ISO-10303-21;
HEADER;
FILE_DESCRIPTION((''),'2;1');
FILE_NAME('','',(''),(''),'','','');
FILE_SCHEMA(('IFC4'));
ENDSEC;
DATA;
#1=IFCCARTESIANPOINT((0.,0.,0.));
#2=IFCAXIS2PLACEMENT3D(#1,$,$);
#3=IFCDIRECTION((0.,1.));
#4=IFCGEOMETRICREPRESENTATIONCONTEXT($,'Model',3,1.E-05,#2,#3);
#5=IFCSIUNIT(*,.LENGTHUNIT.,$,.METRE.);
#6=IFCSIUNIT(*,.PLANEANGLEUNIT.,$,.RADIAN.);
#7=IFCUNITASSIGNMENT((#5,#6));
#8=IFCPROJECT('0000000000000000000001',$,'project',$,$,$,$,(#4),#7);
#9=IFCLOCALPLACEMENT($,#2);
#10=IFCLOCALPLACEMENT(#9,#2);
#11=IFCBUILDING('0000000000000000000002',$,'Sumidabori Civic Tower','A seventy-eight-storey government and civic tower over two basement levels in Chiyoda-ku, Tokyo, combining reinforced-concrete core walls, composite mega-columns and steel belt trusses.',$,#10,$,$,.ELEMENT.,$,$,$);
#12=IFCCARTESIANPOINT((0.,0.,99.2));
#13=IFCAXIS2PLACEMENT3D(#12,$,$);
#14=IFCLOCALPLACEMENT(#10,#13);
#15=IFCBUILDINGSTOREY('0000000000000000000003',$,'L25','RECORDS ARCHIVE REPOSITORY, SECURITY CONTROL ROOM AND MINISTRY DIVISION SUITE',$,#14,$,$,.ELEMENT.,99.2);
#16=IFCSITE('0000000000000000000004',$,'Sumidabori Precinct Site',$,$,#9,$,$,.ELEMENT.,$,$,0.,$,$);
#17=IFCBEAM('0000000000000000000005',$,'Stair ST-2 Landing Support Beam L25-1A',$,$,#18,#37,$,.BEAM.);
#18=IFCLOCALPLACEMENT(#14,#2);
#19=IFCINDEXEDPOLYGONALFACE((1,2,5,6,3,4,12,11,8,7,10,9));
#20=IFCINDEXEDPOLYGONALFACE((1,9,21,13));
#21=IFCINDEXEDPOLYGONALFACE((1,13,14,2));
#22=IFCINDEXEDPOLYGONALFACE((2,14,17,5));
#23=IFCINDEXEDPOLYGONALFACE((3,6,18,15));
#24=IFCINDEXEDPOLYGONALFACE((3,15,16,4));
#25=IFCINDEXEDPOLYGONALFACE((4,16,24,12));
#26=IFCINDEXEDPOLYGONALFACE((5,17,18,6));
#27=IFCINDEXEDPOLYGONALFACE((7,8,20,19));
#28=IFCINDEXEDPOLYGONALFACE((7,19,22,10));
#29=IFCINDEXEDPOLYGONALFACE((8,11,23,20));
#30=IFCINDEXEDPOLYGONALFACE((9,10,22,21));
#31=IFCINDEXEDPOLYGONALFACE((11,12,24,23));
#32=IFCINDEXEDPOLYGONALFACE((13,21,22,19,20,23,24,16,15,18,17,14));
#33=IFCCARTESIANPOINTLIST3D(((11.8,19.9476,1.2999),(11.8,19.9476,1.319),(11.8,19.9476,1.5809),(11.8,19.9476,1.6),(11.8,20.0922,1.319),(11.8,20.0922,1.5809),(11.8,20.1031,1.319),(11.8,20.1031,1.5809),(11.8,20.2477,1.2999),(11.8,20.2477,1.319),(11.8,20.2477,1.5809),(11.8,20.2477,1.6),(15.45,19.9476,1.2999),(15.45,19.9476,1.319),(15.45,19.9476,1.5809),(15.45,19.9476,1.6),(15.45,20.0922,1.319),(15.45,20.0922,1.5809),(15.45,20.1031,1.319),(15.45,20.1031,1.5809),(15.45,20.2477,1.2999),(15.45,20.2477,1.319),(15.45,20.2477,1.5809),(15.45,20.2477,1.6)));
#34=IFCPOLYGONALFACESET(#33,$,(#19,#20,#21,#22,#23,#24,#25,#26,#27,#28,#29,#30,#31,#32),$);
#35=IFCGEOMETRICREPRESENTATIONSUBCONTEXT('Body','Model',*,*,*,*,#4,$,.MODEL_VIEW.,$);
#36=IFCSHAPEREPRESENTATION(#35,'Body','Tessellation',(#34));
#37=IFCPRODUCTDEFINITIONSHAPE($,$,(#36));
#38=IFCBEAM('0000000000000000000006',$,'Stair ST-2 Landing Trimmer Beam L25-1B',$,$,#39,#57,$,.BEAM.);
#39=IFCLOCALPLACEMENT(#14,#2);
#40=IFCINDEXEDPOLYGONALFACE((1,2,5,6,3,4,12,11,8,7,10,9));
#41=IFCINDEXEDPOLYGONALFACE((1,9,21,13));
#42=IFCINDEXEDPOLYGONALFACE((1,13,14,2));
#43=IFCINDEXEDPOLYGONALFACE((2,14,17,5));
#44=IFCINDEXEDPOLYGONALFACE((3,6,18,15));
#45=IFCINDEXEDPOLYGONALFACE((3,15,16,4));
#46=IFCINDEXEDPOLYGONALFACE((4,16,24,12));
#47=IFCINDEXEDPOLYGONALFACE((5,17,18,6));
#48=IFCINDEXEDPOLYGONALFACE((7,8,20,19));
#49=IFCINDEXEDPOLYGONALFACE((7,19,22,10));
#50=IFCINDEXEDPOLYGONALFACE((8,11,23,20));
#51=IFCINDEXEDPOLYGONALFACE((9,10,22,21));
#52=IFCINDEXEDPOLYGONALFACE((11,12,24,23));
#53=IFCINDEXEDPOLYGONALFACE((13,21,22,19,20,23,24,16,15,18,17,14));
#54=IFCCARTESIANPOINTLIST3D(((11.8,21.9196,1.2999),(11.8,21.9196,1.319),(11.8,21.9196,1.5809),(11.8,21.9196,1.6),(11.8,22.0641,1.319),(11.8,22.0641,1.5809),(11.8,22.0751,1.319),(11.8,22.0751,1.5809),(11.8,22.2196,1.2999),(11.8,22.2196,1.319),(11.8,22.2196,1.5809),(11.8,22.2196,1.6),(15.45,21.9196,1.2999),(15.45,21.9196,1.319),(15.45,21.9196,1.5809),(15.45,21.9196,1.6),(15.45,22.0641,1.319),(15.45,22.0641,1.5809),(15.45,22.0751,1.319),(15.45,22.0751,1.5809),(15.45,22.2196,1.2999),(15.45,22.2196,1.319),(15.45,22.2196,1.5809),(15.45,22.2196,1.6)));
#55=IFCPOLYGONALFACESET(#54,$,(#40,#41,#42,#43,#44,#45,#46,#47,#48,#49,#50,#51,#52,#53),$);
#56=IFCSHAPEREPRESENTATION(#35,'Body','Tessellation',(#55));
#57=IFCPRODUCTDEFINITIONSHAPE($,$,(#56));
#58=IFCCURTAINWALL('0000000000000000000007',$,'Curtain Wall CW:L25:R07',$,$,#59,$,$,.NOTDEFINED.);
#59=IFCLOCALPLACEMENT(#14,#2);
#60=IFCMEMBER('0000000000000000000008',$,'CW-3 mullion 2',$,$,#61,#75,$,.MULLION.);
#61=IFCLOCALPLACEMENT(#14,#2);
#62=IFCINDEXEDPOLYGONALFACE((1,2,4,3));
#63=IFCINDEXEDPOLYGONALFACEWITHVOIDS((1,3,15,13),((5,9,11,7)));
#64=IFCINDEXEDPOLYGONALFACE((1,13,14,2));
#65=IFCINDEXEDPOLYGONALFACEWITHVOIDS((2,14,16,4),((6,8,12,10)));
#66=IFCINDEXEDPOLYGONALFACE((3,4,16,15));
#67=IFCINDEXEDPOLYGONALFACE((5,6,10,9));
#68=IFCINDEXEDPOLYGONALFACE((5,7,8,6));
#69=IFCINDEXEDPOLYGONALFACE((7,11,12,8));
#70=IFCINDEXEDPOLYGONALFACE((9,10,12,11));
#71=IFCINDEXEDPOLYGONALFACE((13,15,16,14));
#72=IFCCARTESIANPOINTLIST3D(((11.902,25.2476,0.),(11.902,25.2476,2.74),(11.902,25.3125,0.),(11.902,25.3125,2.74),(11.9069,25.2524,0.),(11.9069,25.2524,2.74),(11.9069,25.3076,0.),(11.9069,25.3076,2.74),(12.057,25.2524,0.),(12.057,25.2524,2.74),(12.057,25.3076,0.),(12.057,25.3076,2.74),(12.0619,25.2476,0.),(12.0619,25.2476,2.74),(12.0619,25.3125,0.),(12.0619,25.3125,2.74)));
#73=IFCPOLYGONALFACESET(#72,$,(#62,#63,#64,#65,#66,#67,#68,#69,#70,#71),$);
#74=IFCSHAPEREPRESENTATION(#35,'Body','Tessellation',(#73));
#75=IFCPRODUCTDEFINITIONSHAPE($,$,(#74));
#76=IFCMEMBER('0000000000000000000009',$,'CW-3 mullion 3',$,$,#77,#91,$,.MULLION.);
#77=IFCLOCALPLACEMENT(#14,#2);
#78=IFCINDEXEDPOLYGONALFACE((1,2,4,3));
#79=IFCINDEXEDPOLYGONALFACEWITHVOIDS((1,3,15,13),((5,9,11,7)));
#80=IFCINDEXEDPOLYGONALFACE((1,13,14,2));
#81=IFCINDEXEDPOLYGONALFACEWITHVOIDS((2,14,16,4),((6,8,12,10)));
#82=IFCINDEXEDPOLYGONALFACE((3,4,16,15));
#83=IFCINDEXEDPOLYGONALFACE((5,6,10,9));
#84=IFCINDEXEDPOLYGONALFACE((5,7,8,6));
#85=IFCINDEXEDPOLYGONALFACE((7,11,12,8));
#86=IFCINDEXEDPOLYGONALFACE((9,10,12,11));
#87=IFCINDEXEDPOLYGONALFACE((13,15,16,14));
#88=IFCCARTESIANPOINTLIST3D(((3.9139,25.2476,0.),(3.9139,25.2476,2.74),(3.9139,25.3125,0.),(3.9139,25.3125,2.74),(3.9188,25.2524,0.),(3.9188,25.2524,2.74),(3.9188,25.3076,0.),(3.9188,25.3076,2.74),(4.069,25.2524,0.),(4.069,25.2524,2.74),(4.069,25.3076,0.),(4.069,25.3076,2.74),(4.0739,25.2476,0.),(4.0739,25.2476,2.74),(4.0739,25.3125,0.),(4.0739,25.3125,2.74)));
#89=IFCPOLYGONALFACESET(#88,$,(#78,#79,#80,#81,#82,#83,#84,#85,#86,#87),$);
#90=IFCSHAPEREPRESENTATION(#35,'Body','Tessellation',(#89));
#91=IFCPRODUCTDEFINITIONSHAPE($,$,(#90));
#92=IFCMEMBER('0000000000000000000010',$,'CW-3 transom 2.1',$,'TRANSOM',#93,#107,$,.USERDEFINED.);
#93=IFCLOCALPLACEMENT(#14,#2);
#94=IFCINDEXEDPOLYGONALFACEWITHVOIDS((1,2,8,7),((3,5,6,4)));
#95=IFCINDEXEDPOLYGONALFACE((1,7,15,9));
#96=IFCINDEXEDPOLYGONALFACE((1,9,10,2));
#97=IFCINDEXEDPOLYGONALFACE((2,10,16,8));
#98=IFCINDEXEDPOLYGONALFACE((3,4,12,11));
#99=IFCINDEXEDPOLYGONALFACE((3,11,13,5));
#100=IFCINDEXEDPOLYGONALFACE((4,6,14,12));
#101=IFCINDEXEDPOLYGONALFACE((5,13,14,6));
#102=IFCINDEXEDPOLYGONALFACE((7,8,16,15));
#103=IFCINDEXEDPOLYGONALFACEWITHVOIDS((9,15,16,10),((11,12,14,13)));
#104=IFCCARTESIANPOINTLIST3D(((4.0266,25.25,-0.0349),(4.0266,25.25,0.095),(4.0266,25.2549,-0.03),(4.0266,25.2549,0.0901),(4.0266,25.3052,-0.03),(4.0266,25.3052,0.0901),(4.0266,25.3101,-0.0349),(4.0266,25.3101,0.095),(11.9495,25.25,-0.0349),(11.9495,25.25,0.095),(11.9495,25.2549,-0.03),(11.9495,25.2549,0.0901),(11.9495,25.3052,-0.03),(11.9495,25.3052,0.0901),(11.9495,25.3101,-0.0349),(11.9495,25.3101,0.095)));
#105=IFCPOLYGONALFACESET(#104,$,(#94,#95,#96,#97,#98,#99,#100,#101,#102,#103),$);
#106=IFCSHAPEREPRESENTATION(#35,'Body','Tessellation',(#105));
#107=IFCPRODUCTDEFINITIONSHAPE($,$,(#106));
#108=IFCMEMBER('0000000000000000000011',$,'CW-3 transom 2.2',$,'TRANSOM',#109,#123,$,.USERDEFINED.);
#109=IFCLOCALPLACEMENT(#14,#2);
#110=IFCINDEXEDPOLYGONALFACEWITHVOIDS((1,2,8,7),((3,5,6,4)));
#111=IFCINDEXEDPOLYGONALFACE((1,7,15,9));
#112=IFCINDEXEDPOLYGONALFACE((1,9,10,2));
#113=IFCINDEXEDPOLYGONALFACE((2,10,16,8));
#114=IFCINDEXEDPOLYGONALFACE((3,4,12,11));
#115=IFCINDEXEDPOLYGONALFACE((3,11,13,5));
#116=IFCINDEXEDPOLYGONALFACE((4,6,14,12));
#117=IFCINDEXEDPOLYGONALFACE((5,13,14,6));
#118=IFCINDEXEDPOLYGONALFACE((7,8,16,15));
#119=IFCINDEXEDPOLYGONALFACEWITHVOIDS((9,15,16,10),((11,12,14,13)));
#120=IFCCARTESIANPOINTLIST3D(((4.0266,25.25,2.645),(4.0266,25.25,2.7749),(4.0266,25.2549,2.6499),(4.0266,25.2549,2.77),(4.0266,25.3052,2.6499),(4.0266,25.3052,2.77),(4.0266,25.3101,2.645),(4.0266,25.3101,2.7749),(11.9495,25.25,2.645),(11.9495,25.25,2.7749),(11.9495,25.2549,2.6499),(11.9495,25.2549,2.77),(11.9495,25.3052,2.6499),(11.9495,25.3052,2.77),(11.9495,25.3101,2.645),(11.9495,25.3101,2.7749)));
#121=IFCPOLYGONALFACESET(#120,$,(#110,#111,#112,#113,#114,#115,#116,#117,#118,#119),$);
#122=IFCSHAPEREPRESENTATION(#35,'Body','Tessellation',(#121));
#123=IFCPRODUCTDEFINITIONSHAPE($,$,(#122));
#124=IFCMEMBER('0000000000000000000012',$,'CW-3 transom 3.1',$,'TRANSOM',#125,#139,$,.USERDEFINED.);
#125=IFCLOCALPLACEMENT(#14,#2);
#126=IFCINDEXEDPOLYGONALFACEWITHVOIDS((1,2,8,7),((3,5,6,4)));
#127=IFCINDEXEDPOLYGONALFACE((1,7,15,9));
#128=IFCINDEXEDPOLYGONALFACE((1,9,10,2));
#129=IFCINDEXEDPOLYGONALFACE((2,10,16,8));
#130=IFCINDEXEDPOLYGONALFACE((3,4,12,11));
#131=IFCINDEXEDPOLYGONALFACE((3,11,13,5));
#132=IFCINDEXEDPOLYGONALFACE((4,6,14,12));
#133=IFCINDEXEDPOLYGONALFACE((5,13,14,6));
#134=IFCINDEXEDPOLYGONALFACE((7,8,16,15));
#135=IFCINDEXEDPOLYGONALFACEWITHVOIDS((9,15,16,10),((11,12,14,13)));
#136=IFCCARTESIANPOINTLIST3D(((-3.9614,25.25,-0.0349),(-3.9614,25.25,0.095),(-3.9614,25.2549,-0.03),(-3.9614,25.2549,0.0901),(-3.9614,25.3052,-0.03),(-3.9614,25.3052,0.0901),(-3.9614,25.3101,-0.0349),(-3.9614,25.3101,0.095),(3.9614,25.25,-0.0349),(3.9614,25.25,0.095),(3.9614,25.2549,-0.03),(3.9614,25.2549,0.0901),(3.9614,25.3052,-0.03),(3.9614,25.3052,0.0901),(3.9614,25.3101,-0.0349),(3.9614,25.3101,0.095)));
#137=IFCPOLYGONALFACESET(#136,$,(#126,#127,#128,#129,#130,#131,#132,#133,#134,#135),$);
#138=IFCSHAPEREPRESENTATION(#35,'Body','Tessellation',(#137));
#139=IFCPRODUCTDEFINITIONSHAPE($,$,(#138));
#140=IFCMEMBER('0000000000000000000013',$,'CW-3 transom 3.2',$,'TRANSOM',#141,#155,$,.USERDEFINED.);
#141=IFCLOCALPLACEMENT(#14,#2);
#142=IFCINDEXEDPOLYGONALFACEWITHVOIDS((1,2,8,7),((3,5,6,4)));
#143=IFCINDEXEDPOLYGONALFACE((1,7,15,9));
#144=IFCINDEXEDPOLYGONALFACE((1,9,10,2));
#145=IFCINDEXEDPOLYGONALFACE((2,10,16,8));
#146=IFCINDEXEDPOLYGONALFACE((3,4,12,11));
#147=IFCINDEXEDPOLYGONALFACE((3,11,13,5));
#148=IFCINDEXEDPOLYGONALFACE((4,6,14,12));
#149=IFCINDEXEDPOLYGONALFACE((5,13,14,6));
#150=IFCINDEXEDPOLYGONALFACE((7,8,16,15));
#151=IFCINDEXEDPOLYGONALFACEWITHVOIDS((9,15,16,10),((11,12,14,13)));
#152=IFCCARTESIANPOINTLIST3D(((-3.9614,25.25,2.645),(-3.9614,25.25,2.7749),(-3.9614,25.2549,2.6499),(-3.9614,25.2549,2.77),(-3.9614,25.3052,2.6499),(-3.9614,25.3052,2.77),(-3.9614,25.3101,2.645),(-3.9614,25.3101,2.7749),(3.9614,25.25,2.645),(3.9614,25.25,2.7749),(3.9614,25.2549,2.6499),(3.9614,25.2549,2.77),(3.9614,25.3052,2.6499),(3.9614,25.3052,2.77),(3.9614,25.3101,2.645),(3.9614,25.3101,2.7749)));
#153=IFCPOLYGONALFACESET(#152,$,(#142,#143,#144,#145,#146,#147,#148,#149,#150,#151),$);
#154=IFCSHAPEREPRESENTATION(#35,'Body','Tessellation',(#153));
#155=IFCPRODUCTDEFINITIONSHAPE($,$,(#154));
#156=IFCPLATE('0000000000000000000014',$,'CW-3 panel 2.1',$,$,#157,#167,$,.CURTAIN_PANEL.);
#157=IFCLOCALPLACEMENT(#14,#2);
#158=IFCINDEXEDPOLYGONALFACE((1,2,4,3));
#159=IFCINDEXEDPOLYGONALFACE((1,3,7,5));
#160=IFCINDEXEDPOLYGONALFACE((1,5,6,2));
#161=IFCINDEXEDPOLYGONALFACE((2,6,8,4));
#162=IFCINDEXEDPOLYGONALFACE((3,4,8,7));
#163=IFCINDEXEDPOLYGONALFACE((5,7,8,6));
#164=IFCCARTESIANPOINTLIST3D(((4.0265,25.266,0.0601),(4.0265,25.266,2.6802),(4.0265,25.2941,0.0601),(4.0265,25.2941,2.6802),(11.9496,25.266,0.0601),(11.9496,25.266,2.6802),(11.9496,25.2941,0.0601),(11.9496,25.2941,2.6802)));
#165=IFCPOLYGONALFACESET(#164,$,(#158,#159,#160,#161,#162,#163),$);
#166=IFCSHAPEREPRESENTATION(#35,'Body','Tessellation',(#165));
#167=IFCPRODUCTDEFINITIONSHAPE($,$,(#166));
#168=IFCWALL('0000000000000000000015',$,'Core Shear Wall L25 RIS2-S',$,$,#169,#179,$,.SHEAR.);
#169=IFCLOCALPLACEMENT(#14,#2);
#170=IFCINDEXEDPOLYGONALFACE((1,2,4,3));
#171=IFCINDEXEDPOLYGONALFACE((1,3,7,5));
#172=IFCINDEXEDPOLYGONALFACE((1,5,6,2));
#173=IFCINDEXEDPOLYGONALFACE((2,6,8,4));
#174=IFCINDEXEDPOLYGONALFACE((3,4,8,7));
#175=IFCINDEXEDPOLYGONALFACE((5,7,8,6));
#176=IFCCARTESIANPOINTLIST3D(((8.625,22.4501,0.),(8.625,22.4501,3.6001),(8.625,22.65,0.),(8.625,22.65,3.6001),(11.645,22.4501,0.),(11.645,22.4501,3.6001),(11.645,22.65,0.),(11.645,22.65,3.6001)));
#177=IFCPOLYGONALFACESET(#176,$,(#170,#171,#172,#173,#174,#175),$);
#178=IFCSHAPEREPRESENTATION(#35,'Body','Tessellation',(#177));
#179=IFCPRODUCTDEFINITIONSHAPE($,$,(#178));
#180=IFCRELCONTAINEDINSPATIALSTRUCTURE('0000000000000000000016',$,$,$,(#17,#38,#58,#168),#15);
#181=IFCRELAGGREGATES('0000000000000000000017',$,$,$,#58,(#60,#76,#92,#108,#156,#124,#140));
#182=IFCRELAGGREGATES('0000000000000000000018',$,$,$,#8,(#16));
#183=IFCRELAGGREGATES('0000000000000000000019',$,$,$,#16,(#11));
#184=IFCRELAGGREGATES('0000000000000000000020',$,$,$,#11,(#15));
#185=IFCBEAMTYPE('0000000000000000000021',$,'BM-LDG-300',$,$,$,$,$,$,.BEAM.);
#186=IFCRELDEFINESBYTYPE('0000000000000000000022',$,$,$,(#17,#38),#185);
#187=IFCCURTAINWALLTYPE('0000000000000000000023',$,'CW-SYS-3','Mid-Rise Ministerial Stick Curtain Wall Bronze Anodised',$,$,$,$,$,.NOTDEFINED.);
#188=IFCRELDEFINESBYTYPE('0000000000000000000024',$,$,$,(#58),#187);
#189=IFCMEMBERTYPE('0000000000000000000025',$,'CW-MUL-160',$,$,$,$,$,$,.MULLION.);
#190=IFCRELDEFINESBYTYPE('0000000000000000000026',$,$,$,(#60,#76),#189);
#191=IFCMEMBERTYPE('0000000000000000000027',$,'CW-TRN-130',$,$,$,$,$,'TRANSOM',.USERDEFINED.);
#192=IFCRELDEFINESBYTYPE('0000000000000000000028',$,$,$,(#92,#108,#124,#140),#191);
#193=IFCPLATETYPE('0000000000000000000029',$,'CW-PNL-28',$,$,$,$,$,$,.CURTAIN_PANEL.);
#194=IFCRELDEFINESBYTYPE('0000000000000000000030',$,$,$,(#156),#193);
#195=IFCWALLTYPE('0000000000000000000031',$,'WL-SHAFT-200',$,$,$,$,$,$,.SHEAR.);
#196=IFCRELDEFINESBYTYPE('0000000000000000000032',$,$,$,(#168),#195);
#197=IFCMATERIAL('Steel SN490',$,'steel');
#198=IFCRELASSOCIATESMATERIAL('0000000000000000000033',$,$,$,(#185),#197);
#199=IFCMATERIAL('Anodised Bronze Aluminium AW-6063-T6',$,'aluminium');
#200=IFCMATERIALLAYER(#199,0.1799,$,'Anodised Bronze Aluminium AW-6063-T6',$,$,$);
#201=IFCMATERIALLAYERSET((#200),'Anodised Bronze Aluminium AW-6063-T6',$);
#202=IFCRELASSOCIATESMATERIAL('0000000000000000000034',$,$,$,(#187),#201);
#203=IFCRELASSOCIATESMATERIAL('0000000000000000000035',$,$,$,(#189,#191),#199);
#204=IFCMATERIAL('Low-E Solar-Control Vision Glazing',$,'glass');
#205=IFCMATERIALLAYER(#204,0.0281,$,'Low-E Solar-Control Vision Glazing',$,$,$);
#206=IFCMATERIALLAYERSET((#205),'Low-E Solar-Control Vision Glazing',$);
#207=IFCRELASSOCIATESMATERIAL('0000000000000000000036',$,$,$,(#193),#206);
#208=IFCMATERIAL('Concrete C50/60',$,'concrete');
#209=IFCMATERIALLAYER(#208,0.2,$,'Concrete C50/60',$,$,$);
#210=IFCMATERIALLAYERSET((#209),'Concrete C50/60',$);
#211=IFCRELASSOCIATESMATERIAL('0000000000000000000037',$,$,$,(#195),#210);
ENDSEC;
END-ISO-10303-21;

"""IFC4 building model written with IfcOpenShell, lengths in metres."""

from ifc_helpers import new_model, si_unit, direction, frame, frame_2d, origin, origin_2d, place, context, subcontext, project, spatial, rectangle, hollow_rectangle, i_section, extrude, source, transform, mapped, material, layer, layer_set, material_profile, profile_set, type_object, element, aggregate, save


model = new_model("IFC4")

# Units and contexts
model_context = context("Model", 3, precision=1e-05, world=origin(), true_north=direction((0.0, 1.0)))
body_context = subcontext(model_context, "Body", "Model", "MODEL_VIEW")
ifc_project = project(units=[si_unit("LENGTHUNIT", "METRE"), si_unit("PLANEANGLEUNIT", "RADIAN")], contexts=[model_context])

# Site, building, storey
site_placement = place(None, origin())
site = spatial("IfcSite", under=ifc_project, at=site_placement, Name="Sumidabori Precinct Site", CompositionType="ELEMENT", RefElevation=0.0)
building_placement = place(site_placement, origin())
building = spatial("IfcBuilding", under=site, at=building_placement, Name="Sumidabori Civic Tower", Description="A seventy-eight-storey government and civic tower over two basement levels in Chiyoda-ku, Tokyo, combining reinforced-concrete core walls, composite mega-columns and steel belt trusses.", CompositionType="ELEMENT")
storey_placement = place(building_placement, frame((0.0, 0.0, 99.2)))
storey = spatial("IfcBuildingStorey", under=building, at=storey_placement, Name="L25", Description="RECORDS ARCHIVE REPOSITORY, SECURITY CONTROL ROOM AND MINISTRY DIVISION SUITE", CompositionType="ELEMENT", Elevation=99.2)

# Beams
ifc_material_1 = material(Name="Steel SN490", Category="steel")
ifc_material_profile_1 = material_profile(ifc_material_1, i_section(OverallWidth=0.3, OverallDepth=0.3, WebThickness=0.011, FlangeThickness=0.019, at=origin_2d()), Name="HE 300 B")
ifc_profile_set_1 = profile_set([ifc_material_profile_1], Name="Steel SN490")
beam_type = type_object("IfcBeamType", Name="BM-LDG-300", PredefinedType="BEAM", material=ifc_profile_set_1)
shared_shape_1 = source(origin(), body_context, "Body", "SweptSolid", [
    extrude(i_section(OverallWidth=0.3, OverallDepth=0.3, WebThickness=0.011, FlangeThickness=0.019, at=origin_2d()), origin(), (0.0, 0.0, 1.0), 3.6499),
])
for number, where, z_axis, x_axis, name in (
    (1, (11.8, 20.0977, 1.45), (1.0, 0.0, 0.0), (0.0, 1.0, 0.0), "Stair ST-2 Landing Support Beam L25-1A"),
    (2, (11.8, 22.0696, 1.45), (1.0, 0.0, 0.0), (0.0, 1.0, 0.0), "Stair ST-2 Landing Trimmer Beam L25-1B"),
):
    element("IfcBeam", number, at=place(storey_placement, frame(where, z_axis=z_axis, x_axis=x_axis)), inside=storey, type_object=beam_type, Name=name, PredefinedType="BEAM", context=body_context, shape_type="MappedRepresentation", body=[
        mapped(shared_shape_1, transform((0.0, 0.0, 0.0), x_axis=(1.0, 0.0, 0.0), y_axis=(0.0, 1.0, 0.0), z_axis=(0.0, 0.0, 1.0), scale=1.0)),
    ])

# Curtain wall, members, plate
ifc_material_2 = material(Name="Anodised Bronze Aluminium AW-6063-T6", Category="aluminium")
ifc_layer_1 = layer(ifc_material_2, 0.1799, Name="Anodised Bronze Aluminium AW-6063-T6")
ifc_layer_set_1 = layer_set([ifc_layer_1], Name="Anodised Bronze Aluminium AW-6063-T6")
curtain_wall_type = type_object("IfcCurtainWallType", Name="CW-SYS-3", Description="Mid-Rise Ministerial Stick Curtain Wall Bronze Anodised", PredefinedType="NOTDEFINED", material=ifc_layer_set_1)
curtain_wall_placement = place(storey_placement, origin())
curtain_wall = element("IfcCurtainWall", 3, at=curtain_wall_placement, inside=storey, type_object=curtain_wall_type, Name="Curtain Wall CW:L25:R07", PredefinedType="NOTDEFINED")
ifc_material_profile_2 = material_profile(ifc_material_2, hollow_rectangle(XDim=0.0649, YDim=0.1599, WallThickness=0.0049, at=origin_2d()), Name="ALU MULLION 160x65")
ifc_profile_set_2 = profile_set([ifc_material_profile_2], Name="Anodised Bronze Aluminium AW-6063-T6")
member_type_1 = type_object("IfcMemberType", Name="CW-MUL-160", PredefinedType="MULLION", material=ifc_profile_set_2)
shared_shape_2 = source(origin(), body_context, "Body", "SweptSolid", [
    extrude(hollow_rectangle(XDim=0.0649, YDim=0.1599, WallThickness=0.0049, at=origin_2d()), origin(), (0.0, 0.0, 1.0), 2.74),
])
member_1_placement = place(storey_placement, frame((11.9819, 25.28, 0.0), z_axis=(0.0, 0.0, 1.0), x_axis=(0.0, -1.0, 0.0)))
member_1 = element("IfcMember", 4, at=member_1_placement, type_object=member_type_1, Name="CW-3 mullion 2", PredefinedType="MULLION", context=body_context, shape_type="MappedRepresentation", body=[
    mapped(shared_shape_2, transform((0.0, 0.0, 0.0), x_axis=(1.0, 0.0, 0.0), y_axis=(0.0, 1.0, 0.0), z_axis=(0.0, 0.0, 1.0), scale=1.0)),
])
member_2_placement = place(storey_placement, frame((3.9939, 25.28, 0.0), z_axis=(0.0, 0.0, 1.0), x_axis=(0.0, -1.0, 0.0)))
member_2 = element("IfcMember", 5, at=member_2_placement, type_object=member_type_1, Name="CW-3 mullion 3", PredefinedType="MULLION", context=body_context, shape_type="MappedRepresentation", body=[
    mapped(shared_shape_2, transform((0.0, 0.0, 0.0), x_axis=(1.0, 0.0, 0.0), y_axis=(0.0, 1.0, 0.0), z_axis=(0.0, 0.0, 1.0), scale=1.0)),
])
ifc_material_profile_3 = material_profile(ifc_material_2, hollow_rectangle(XDim=0.0601, YDim=0.1299, WallThickness=0.0049, at=origin_2d()), Name="ALU TRANSOM 130x60")
ifc_profile_set_3 = profile_set([ifc_material_profile_3], Name="Anodised Bronze Aluminium AW-6063-T6")
member_type_2 = type_object("IfcMemberType", Name="CW-TRN-130", ElementType="TRANSOM", PredefinedType="USERDEFINED", material=ifc_profile_set_3)
shared_shape_3 = source(origin(), body_context, "Body", "SweptSolid", [
    extrude(hollow_rectangle(XDim=0.0601, YDim=0.1299, WallThickness=0.0049, at=origin_2d()), origin(), (0.0, 0.0, 1.0), 7.9229),
])
member_3_placement = place(storey_placement, frame((11.9495, 25.28, 0.03), z_axis=(-1.0, 0.0, 0.0), x_axis=(0.0, -1.0, 0.0)))
member_3 = element("IfcMember", 6, at=member_3_placement, type_object=member_type_2, Name="CW-3 transom 2.1", ObjectType="TRANSOM", PredefinedType="USERDEFINED", context=body_context, shape_type="MappedRepresentation", body=[
    mapped(shared_shape_3, transform((0.0, 0.0, 0.0), x_axis=(1.0, 0.0, 0.0), y_axis=(0.0, 1.0, 0.0), z_axis=(0.0, 0.0, 1.0), scale=1.0)),
])
member_4_placement = place(storey_placement, frame((11.9495, 25.28, 2.71), z_axis=(-1.0, 0.0, 0.0), x_axis=(0.0, -1.0, 0.0)))
member_4 = element("IfcMember", 7, at=member_4_placement, type_object=member_type_2, Name="CW-3 transom 2.2", ObjectType="TRANSOM", PredefinedType="USERDEFINED", context=body_context, shape_type="MappedRepresentation", body=[
    mapped(shared_shape_3, transform((0.0, 0.0, 0.0), x_axis=(1.0, 0.0, 0.0), y_axis=(0.0, 1.0, 0.0), z_axis=(0.0, 0.0, 1.0), scale=1.0)),
])
member_5_placement = place(storey_placement, frame((3.9614, 25.28, 0.03), z_axis=(-1.0, 0.0, 0.0), x_axis=(0.0, -1.0, 0.0)))
member_5 = element("IfcMember", 8, at=member_5_placement, type_object=member_type_2, Name="CW-3 transom 3.1", ObjectType="TRANSOM", PredefinedType="USERDEFINED", context=body_context, shape_type="MappedRepresentation", body=[
    mapped(shared_shape_3, transform((0.0, 0.0, 0.0), x_axis=(1.0, 0.0, 0.0), y_axis=(0.0, 1.0, 0.0), z_axis=(0.0, 0.0, 1.0), scale=1.0)),
])
member_6_placement = place(storey_placement, frame((3.9614, 25.28, 2.71), z_axis=(-1.0, 0.0, 0.0), x_axis=(0.0, -1.0, 0.0)))
member_6 = element("IfcMember", 9, at=member_6_placement, type_object=member_type_2, Name="CW-3 transom 3.2", ObjectType="TRANSOM", PredefinedType="USERDEFINED", context=body_context, shape_type="MappedRepresentation", body=[
    mapped(shared_shape_3, transform((0.0, 0.0, 0.0), x_axis=(1.0, 0.0, 0.0), y_axis=(0.0, 1.0, 0.0), z_axis=(0.0, 0.0, 1.0), scale=1.0)),
])
ifc_material_3 = material(Name="Low-E Solar-Control Vision Glazing", Category="glass")
ifc_layer_2 = layer(ifc_material_3, 0.0281, Name="Low-E Solar-Control Vision Glazing")
ifc_layer_set_2 = layer_set([ifc_layer_2], Name="Low-E Solar-Control Vision Glazing")
plate_type = type_object("IfcPlateType", Name="CW-PNL-28", PredefinedType="CURTAIN_PANEL", material=ifc_layer_set_2)
shared_shape_4 = source(origin(), body_context, "Body", "SweptSolid", [
    extrude(rectangle(XDim=7.9231, YDim=0.0281, at=origin_2d()), origin(), (0.0, 0.0, 1.0), 2.6201),
])
plate_placement = place(storey_placement, frame((7.988, 25.28, 0.0601), z_axis=(0.0, 0.0, 1.0), x_axis=(-1.0, 0.0, 0.0)))
plate = element("IfcPlate", 10, at=plate_placement, type_object=plate_type, Name="CW-3 panel 2.1", PredefinedType="CURTAIN_PANEL", context=body_context, shape_type="MappedRepresentation", body=[
    mapped(shared_shape_4, transform((0.0, 0.0, 0.0), x_axis=(1.0, 0.0, 0.0), y_axis=(0.0, 1.0, 0.0), z_axis=(0.0, 0.0, 1.0), scale=1.0)),
])
aggregate(curtain_wall, [member_1, member_2, member_3, member_4, plate, member_5, member_6])

# Wall
ifc_material_4 = material(Name="Concrete C50/60", Category="concrete")
ifc_layer_3 = layer(ifc_material_4, 0.2, Name="Concrete C50/60")
ifc_layer_set_3 = layer_set([ifc_layer_3], Name="Concrete C50/60")
wall_type_1 = type_object("IfcWallType", Name="WL-SHAFT-200", PredefinedType="SHEAR", material=ifc_layer_set_3)
shared_shape_5 = source(origin(), body_context, "Body", "SweptSolid", [
    extrude(rectangle(XDim=3.02, YDim=0.2, at=frame_2d((1.51, 0.0))), origin(), (0.0, 0.0, 1.0), 3.6001),
])
wall_1_placement = place(storey_placement, frame((8.625, 22.55, 0.0), z_axis=(0.0, 0.0, 1.0), x_axis=(1.0, 0.0, 0.0)))
element("IfcWall", 11, at=wall_1_placement, inside=storey, type_object=wall_type_1, Name="Core Shear Wall L25 RIS2-S", PredefinedType="SHEAR", context=body_context, shape_type="MappedRepresentation", body=[
    mapped(shared_shape_5, transform((0.0, 0.0, 0.0), x_axis=(1.0, 0.0, 0.0), y_axis=(0.0, 1.0, 0.0), z_axis=(0.0, 0.0, 1.0), scale=1.0)),
])

save(model, "model.ifc")
